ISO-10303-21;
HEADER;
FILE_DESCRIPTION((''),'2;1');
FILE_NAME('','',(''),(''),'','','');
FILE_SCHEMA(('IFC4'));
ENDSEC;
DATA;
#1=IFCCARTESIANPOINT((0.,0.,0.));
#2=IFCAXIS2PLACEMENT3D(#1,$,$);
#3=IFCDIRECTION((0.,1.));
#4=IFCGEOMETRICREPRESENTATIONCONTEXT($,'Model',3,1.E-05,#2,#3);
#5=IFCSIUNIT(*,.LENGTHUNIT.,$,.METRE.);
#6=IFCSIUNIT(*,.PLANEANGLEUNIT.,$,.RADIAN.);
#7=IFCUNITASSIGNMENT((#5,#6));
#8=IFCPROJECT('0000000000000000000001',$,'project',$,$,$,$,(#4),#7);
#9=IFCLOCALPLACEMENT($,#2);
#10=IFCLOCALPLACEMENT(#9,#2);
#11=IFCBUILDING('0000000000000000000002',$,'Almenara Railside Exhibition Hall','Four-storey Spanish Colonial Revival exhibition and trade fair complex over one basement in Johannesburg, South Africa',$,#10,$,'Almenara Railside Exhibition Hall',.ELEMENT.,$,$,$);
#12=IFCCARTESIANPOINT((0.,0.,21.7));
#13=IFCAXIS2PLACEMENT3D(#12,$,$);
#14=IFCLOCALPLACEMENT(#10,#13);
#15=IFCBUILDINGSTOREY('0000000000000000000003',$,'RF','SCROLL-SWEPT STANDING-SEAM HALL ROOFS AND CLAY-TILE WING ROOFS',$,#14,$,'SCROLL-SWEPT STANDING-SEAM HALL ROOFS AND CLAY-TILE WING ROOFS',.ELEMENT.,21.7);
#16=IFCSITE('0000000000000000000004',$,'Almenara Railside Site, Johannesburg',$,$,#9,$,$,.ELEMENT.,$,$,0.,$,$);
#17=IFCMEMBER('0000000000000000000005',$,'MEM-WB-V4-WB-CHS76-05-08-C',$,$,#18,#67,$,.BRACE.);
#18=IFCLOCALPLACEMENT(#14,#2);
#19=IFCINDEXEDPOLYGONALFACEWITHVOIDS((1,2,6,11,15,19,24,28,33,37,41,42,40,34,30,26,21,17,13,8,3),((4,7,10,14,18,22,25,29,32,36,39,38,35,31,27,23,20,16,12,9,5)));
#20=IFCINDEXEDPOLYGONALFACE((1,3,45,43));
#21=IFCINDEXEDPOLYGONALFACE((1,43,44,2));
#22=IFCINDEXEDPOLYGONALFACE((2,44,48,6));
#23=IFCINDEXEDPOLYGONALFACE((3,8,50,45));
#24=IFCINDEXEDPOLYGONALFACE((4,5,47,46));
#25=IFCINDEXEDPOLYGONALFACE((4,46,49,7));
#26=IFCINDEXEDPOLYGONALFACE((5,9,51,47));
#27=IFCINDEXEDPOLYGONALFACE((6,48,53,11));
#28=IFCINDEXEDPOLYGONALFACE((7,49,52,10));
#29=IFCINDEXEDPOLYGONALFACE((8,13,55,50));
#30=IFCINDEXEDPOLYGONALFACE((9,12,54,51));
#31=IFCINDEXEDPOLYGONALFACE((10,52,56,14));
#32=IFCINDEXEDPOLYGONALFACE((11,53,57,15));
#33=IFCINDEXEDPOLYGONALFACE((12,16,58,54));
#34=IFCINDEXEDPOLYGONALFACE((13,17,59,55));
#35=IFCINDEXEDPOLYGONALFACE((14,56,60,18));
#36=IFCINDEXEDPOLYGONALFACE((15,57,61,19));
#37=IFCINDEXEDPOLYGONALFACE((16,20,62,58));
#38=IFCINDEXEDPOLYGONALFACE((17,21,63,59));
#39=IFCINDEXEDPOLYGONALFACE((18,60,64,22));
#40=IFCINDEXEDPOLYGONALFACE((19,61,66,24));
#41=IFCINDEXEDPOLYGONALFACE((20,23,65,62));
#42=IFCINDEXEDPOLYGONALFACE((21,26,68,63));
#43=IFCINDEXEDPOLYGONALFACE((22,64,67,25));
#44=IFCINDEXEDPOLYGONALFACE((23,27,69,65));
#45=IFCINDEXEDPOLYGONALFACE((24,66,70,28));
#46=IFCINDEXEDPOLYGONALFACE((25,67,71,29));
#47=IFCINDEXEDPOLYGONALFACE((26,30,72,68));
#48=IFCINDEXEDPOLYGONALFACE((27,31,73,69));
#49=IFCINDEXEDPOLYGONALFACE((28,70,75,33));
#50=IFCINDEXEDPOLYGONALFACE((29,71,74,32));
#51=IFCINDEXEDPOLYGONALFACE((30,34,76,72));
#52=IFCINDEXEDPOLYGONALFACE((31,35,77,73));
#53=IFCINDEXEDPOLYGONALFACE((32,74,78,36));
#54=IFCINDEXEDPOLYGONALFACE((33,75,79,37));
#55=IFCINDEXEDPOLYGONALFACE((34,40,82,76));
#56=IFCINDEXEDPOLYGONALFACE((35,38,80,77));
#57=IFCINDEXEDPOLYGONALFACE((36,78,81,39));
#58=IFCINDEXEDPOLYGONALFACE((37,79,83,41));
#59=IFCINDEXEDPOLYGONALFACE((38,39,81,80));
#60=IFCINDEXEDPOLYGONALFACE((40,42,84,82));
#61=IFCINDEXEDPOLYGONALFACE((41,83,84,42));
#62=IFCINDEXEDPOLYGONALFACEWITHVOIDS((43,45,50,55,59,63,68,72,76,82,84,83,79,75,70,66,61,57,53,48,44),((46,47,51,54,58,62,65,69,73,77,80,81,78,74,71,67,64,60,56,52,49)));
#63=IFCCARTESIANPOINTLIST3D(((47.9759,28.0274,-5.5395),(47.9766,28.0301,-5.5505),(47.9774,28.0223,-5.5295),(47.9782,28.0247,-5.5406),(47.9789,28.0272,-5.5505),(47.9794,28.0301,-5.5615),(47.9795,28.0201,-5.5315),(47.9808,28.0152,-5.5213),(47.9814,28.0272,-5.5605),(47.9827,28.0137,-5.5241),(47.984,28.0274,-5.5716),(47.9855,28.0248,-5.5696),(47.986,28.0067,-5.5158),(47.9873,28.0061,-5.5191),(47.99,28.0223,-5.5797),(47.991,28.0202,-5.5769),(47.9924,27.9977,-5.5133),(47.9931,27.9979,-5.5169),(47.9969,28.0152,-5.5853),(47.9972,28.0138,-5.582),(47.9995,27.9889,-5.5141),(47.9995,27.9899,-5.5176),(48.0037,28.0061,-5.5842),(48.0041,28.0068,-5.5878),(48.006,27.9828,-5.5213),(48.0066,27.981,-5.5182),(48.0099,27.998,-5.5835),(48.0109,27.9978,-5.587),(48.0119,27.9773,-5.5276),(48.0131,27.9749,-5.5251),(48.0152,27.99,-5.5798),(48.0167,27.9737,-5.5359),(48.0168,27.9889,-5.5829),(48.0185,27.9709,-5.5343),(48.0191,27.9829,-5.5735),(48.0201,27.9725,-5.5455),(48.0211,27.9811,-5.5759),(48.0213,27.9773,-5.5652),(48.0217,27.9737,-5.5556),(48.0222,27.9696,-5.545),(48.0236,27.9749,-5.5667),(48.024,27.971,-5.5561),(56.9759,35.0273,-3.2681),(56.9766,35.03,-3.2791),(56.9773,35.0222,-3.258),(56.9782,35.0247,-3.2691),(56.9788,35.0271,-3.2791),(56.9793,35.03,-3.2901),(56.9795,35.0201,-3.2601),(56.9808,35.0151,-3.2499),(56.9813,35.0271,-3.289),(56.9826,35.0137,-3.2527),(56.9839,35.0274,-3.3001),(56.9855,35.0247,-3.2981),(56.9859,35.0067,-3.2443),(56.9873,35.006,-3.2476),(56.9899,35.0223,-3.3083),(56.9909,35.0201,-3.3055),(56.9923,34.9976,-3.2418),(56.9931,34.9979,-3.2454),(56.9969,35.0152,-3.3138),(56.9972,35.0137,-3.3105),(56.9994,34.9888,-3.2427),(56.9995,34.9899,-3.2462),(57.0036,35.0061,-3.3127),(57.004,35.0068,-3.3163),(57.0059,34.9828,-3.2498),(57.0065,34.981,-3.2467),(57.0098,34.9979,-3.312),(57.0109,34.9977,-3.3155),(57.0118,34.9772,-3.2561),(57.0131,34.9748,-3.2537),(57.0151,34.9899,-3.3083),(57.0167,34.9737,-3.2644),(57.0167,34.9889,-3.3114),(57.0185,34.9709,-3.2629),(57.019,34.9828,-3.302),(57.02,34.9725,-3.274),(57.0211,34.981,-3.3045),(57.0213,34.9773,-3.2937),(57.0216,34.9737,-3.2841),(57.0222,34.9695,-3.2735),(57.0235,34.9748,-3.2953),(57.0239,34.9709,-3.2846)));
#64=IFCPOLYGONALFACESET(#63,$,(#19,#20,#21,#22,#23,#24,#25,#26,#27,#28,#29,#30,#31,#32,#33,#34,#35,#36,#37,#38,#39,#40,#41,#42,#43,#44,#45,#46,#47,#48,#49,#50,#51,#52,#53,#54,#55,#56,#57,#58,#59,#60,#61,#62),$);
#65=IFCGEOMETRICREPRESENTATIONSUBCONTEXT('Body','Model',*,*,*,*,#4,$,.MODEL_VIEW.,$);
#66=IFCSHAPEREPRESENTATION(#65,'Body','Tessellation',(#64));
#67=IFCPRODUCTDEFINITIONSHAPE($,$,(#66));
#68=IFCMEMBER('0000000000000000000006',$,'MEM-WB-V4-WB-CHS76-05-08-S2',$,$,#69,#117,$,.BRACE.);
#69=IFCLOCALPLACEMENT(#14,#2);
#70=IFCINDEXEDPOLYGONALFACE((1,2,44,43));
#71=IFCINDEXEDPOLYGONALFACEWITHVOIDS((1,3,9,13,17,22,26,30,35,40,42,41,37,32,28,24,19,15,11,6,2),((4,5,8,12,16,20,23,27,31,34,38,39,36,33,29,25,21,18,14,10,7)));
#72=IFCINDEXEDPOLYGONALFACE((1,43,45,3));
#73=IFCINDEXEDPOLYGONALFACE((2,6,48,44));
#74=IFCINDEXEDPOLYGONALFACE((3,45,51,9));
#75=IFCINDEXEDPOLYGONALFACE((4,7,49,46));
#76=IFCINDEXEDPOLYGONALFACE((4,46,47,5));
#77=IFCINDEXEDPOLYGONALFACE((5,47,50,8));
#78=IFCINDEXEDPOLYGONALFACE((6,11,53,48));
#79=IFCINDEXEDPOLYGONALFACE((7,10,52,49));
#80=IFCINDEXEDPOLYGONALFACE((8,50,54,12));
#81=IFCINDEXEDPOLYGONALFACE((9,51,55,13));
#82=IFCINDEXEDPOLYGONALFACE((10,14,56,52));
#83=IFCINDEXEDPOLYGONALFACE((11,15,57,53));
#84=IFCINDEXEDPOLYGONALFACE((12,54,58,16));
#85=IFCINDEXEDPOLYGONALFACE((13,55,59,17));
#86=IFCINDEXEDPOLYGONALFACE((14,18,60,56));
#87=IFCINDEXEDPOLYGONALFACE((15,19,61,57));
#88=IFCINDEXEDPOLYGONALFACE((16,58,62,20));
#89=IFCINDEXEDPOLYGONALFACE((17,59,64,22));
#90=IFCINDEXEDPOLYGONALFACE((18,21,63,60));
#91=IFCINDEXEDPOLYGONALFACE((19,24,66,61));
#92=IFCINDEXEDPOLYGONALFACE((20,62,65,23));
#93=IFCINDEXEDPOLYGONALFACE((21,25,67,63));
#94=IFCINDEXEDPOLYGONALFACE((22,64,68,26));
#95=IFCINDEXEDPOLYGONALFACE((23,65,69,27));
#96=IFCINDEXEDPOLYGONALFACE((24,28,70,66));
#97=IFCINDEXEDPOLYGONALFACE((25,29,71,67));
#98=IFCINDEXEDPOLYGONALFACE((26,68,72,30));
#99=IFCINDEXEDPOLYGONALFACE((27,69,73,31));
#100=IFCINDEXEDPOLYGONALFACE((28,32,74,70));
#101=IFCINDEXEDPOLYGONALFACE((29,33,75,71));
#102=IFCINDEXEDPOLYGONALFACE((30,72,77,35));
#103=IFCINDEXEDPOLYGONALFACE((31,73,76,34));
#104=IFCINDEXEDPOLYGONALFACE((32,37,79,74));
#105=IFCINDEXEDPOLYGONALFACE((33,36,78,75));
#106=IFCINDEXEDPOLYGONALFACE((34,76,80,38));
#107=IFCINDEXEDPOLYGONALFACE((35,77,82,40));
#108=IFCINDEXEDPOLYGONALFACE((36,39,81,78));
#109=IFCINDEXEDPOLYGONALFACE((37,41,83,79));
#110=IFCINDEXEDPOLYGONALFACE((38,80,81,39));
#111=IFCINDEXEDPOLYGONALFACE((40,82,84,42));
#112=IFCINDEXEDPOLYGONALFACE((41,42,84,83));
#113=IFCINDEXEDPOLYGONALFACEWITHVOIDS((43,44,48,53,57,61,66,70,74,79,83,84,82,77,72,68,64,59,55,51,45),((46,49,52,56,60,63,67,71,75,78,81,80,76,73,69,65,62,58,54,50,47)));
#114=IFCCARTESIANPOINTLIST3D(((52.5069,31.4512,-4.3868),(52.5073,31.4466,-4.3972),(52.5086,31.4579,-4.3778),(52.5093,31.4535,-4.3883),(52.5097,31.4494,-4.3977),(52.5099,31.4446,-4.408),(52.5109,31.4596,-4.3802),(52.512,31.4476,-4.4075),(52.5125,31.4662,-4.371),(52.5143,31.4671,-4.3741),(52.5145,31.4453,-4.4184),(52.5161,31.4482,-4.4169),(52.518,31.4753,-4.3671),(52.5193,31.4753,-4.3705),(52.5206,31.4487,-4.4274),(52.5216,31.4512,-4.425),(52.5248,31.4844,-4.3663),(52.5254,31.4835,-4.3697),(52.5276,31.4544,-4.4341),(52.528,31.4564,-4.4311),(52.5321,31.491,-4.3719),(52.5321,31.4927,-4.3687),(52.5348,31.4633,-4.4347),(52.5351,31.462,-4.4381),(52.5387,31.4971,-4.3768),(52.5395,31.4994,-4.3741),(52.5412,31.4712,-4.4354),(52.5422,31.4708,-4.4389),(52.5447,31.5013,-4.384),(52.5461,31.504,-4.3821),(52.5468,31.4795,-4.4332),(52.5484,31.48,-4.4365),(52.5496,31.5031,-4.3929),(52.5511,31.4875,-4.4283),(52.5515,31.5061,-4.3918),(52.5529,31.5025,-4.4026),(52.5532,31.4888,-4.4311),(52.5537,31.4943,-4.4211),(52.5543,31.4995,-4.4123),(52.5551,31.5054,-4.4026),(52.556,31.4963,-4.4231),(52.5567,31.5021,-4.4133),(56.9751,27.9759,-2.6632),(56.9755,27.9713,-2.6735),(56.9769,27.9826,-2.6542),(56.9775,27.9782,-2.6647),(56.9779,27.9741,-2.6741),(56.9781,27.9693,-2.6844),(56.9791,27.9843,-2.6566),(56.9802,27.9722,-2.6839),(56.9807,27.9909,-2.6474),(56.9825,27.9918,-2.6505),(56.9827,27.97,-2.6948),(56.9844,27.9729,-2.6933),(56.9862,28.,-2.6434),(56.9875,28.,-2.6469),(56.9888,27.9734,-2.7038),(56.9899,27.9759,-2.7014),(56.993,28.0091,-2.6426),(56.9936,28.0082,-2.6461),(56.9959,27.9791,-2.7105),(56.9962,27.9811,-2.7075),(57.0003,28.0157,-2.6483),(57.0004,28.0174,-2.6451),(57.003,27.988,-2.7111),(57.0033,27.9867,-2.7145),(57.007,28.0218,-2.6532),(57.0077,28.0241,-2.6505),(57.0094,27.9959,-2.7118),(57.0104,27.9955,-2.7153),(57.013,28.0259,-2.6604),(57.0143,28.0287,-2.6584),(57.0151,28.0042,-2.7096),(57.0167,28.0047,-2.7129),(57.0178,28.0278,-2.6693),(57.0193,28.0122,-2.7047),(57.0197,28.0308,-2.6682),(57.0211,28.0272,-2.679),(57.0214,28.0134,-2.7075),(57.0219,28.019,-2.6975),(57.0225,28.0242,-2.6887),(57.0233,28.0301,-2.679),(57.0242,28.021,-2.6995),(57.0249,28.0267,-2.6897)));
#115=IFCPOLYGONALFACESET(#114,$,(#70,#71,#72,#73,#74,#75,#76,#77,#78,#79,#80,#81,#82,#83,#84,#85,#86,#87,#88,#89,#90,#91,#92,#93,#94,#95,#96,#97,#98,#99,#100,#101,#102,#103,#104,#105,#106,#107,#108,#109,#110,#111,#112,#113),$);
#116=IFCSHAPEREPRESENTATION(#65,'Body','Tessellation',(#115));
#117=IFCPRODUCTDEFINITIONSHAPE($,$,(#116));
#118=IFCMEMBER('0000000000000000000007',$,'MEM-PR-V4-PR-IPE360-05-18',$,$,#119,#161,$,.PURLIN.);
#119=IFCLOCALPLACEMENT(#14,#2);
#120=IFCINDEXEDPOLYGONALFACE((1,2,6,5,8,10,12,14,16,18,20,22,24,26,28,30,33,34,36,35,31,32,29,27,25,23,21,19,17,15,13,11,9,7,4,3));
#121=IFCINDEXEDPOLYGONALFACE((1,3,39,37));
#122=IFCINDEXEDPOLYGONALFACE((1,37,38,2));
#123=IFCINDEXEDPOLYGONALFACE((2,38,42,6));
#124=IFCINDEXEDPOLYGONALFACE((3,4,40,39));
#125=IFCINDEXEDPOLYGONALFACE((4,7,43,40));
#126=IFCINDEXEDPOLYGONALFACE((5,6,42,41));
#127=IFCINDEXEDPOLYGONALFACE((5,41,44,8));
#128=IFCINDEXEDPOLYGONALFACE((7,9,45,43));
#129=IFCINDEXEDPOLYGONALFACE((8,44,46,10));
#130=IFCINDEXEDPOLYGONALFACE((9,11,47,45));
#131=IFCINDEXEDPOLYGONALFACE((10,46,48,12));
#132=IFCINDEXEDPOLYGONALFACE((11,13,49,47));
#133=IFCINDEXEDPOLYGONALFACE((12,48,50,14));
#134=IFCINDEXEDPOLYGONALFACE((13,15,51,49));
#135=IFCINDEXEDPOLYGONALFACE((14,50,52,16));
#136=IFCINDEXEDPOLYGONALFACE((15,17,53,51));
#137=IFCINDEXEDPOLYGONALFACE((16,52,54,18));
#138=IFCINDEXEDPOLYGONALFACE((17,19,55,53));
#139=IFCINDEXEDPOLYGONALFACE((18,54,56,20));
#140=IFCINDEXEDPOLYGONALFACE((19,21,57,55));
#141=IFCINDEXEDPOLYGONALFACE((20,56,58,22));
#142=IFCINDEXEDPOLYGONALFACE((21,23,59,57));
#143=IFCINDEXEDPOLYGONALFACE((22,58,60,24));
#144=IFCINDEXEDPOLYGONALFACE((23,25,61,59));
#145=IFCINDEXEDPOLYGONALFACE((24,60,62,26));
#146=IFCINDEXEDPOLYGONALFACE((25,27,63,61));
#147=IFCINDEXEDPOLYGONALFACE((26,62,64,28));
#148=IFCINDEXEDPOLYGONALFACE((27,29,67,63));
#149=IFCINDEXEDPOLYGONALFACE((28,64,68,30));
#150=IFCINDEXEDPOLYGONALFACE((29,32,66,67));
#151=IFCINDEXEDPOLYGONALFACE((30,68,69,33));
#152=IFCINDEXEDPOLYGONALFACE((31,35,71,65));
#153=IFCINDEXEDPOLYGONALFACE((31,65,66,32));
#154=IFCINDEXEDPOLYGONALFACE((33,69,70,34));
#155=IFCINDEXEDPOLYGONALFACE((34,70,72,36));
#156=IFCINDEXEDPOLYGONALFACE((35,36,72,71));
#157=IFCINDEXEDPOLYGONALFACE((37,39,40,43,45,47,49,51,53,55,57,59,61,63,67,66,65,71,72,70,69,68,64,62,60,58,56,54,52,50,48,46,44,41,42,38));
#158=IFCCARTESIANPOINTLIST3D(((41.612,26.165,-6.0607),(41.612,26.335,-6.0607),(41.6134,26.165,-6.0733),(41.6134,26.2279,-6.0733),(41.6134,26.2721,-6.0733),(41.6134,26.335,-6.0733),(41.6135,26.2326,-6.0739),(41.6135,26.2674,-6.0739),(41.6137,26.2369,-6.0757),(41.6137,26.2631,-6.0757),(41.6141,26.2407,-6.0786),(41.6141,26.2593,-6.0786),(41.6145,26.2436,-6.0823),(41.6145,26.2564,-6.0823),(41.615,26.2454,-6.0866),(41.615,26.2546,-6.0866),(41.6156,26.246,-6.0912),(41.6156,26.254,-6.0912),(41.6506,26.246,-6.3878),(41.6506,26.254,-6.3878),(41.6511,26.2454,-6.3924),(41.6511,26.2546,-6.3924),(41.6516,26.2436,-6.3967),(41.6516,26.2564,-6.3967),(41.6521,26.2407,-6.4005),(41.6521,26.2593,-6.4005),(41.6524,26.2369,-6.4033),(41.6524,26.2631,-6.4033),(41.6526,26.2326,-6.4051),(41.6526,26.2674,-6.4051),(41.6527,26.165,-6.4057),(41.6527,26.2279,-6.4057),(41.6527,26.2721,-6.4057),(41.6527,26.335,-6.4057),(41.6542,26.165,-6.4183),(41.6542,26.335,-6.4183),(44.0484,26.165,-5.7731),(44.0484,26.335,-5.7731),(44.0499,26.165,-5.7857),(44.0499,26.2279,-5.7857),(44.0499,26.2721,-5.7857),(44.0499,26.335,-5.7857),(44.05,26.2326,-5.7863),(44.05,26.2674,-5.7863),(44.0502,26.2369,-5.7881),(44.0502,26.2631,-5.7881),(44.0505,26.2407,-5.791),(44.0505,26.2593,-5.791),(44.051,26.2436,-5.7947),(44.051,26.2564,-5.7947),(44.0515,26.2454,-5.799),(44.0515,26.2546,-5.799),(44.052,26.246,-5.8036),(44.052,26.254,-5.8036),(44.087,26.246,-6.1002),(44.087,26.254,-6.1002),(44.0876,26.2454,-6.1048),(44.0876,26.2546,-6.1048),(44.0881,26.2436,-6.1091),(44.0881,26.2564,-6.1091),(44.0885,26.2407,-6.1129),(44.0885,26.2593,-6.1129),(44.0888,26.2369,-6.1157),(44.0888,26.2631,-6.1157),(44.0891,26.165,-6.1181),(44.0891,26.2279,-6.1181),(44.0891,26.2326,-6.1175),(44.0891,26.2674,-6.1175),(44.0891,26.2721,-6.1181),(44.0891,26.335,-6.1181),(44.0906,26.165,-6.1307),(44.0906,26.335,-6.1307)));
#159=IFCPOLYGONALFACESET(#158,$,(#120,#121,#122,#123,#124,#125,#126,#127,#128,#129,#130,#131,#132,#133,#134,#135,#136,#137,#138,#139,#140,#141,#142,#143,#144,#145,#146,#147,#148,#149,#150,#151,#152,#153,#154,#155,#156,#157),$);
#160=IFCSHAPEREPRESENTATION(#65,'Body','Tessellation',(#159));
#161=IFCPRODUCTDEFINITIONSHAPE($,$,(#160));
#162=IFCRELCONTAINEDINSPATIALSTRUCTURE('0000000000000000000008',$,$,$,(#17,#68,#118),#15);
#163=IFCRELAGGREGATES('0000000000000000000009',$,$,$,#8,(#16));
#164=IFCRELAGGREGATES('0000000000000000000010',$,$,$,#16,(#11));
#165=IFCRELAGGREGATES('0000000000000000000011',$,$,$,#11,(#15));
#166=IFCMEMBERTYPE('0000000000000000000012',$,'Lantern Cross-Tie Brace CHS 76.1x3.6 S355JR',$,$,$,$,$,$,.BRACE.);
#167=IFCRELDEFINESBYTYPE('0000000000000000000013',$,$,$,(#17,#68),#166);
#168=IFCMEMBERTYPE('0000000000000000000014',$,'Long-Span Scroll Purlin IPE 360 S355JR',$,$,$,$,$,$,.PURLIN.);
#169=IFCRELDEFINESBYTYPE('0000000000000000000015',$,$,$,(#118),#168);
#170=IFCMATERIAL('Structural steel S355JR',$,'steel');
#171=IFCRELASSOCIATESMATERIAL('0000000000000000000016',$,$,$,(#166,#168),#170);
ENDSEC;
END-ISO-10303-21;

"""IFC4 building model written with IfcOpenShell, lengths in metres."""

from ifc_helpers import new_model, si_unit, direction, frame, origin, origin_2d, place, context, subcontext, project, spatial, hollow_circle, i_section, extrude, material, material_profile, profile_set, type_object, element, save


model = new_model("IFC4")

# Units and contexts
model_context = context("Model", 3, precision=1e-05, world=origin(), true_north=direction((0.0, 1.0)))
body_context = subcontext(model_context, "Body", "Model", "MODEL_VIEW")
ifc_project = project(units=[si_unit("LENGTHUNIT", "METRE"), si_unit("PLANEANGLEUNIT", "RADIAN")], contexts=[model_context])

# Site, building, storey
site_placement = place(None, origin())
site = spatial("IfcSite", under=ifc_project, at=site_placement, Name="Almenara Railside Site, Johannesburg", CompositionType="ELEMENT", RefElevation=0.0)
building_placement = place(site_placement, origin())
building = spatial("IfcBuilding", under=site, at=building_placement, Name="Almenara Railside Exhibition Hall", Description="Four-storey Spanish Colonial Revival exhibition and trade fair complex over one basement in Johannesburg, South Africa", LongName="Almenara Railside Exhibition Hall", CompositionType="ELEMENT")
storey_placement = place(building_placement, frame((0.0, 0.0, 21.7)))
storey = spatial("IfcBuildingStorey", under=building, at=storey_placement, Name="RF", Description="SCROLL-SWEPT STANDING-SEAM HALL ROOFS AND CLAY-TILE WING ROOFS", LongName="SCROLL-SWEPT STANDING-SEAM HALL ROOFS AND CLAY-TILE WING ROOFS", CompositionType="ELEMENT", Elevation=21.7)

# Members
ifc_material_1 = material(Name="Structural steel S355JR", Category="steel")
ifc_material_profile_1 = material_profile(ifc_material_1, hollow_circle(Radius=0.0381, WallThickness=0.0037, at=origin_2d()), Name="CHS 76.1x3.6")
ifc_profile_set_1 = profile_set([ifc_material_profile_1], Name="Structural steel S355JR")
member_type_1 = type_object("IfcMemberType", Name="Lantern Cross-Tie Brace CHS 76.1x3.6 S355JR", PredefinedType="BRACE", material=ifc_profile_set_1)
member_1_placement = place(storey_placement, frame((48.0, 28.0, -5.5505), z_axis=(0.774139, 0.602108, 0.195383), x_axis=(-0.613941, 0.789352, 0.0)))
element("IfcMember", 1, at=member_1_placement, inside=storey, type_object=member_type_1, Name="MEM-WB-V4-WB-CHS76-05-08-C", PredefinedType="BRACE", context=body_context, shape_type="SweptSolid", body=[
    extrude(hollow_circle(Radius=0.0381, WallThickness=0.0037, at=origin_2d()), origin(), (0.0, 0.0, 1.0), 11.6257),
])
member_2_placement = place(storey_placement, frame((52.5317, 31.4753, -4.4026), z_axis=(0.75512, -0.58732, 0.291288), x_axis=(0.613944, 0.78935, 0.0)))
element("IfcMember", 2, at=member_2_placement, inside=storey, type_object=member_type_1, Name="MEM-WB-V4-WB-CHS76-05-08-S2", PredefinedType="BRACE", context=body_context, shape_type="SweptSolid", body=[
    extrude(hollow_circle(Radius=0.0381, WallThickness=0.0037, at=origin_2d()), origin(), (0.0, 0.0, 1.0), 5.9172),
])
ifc_material_profile_2 = material_profile(ifc_material_1, i_section(OverallWidth=0.1699, OverallDepth=0.3601, WebThickness=0.0081, FlangeThickness=0.0127, FilletRadius=0.0181, at=origin_2d()), Name="IPE 360")
ifc_profile_set_2 = profile_set([ifc_material_profile_2], Name="Structural steel S355JR")
member_type_2 = type_object("IfcMemberType", Name="Long-Span Scroll Purlin IPE 360 S355JR", PredefinedType="PURLIN", material=ifc_profile_set_2)
member_3_placement = place(storey_placement, frame((41.6331, 26.25, -6.2395), z_axis=(0.993106, 0.0, 0.117222), x_axis=(0.0, 1.0, 0.0)))
element("IfcMember", 3, at=member_3_placement, inside=storey, type_object=member_type_2, Name="MEM-PR-V4-PR-IPE360-05-18", PredefinedType="PURLIN", context=body_context, shape_type="SweptSolid", body=[
    extrude(i_section(OverallWidth=0.1699, OverallDepth=0.3601, WebThickness=0.0081, FlangeThickness=0.0127, FilletRadius=0.0181, at=origin_2d()), origin(), (0.0, 0.0, 1.0), 2.4534),
])

save(model, "model.ifc")
